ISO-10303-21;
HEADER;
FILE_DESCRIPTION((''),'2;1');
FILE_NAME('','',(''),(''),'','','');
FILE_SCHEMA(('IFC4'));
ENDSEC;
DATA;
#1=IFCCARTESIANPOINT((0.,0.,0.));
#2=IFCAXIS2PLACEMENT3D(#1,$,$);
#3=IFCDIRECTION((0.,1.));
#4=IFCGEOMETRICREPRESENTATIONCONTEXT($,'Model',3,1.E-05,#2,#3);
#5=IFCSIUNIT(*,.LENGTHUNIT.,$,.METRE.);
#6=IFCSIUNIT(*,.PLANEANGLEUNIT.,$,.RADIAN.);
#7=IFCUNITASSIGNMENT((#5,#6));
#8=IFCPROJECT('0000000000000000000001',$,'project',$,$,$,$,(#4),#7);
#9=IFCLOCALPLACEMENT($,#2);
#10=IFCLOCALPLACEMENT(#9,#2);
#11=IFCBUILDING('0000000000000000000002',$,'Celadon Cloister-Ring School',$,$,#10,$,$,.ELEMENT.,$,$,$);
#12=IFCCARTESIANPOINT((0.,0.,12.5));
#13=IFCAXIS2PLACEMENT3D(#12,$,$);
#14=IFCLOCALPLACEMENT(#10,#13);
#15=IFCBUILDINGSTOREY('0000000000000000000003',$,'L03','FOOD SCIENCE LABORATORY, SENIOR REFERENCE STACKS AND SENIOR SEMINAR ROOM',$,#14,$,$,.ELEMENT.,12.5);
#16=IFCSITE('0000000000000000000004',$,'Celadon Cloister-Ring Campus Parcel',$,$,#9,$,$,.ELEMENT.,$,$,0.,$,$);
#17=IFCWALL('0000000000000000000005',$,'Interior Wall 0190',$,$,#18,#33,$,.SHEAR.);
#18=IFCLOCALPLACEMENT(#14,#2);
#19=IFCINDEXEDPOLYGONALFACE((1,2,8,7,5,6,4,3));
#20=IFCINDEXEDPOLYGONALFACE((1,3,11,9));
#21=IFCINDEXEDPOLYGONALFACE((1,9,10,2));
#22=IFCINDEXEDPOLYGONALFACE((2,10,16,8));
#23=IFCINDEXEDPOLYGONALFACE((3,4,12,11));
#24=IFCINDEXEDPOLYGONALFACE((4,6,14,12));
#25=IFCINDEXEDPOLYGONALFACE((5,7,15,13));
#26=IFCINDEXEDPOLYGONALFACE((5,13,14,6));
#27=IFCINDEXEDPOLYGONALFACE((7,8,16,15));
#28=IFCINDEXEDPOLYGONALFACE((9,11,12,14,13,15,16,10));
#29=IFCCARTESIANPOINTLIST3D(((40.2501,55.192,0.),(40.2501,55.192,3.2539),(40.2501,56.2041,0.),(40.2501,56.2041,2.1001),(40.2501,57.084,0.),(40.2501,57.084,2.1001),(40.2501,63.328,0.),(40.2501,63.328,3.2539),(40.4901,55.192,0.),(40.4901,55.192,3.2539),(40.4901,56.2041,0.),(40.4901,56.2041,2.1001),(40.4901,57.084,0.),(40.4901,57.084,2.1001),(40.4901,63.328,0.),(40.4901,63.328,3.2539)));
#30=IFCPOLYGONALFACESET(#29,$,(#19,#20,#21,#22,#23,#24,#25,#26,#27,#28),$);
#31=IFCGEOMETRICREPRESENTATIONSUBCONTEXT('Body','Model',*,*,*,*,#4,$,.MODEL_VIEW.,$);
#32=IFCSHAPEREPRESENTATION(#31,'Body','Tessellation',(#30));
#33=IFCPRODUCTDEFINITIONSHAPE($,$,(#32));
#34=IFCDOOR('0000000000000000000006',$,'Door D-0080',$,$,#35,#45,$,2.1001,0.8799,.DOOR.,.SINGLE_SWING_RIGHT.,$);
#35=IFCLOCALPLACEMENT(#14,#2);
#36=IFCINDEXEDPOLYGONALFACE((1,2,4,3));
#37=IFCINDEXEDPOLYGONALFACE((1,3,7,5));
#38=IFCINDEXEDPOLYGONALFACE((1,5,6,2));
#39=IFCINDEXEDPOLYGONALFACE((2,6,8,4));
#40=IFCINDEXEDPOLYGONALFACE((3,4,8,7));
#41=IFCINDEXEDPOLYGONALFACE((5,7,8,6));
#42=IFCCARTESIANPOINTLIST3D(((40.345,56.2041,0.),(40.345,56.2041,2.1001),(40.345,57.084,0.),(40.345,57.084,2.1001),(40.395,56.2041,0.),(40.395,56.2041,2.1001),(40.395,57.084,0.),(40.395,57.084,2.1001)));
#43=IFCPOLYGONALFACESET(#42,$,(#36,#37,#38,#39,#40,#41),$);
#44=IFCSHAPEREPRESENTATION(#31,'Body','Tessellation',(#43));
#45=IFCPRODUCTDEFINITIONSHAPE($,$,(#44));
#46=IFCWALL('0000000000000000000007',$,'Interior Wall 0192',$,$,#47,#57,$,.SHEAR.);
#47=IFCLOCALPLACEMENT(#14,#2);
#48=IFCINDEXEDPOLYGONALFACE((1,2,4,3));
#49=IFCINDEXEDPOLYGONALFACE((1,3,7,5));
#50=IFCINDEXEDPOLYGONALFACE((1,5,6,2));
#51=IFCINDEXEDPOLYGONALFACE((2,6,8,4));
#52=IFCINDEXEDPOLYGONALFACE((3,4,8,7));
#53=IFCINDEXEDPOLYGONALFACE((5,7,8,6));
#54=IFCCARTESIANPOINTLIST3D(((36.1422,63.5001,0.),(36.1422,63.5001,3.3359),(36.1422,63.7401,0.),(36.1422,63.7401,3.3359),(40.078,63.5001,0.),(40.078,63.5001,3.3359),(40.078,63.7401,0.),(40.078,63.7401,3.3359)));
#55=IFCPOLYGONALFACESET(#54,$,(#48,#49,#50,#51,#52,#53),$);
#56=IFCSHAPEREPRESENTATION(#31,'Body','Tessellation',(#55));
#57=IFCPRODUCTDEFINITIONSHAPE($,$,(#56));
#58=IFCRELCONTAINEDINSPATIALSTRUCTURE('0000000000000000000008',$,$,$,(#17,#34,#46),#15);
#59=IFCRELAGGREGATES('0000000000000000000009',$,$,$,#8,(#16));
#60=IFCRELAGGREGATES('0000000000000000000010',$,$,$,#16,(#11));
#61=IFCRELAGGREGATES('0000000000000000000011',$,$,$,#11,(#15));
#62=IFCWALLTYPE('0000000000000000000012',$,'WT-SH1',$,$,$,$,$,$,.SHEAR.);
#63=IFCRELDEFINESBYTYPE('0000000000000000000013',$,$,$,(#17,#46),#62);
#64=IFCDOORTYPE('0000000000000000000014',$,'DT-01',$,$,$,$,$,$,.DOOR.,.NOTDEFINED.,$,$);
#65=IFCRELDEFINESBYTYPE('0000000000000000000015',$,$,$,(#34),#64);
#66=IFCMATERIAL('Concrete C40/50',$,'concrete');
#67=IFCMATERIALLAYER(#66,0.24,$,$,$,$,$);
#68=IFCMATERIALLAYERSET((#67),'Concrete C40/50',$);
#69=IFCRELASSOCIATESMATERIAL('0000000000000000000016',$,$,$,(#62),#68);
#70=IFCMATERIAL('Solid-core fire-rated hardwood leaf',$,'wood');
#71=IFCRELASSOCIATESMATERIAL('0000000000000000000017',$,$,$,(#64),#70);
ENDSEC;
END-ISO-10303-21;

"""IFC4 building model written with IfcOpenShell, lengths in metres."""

from ifc_helpers import new_model, si_unit, direction, frame, frame_2d, origin, place, context, subcontext, project, spatial, rectangle, extrude, material, layer, layer_set, type_object, element, fill, save


model = new_model("IFC4")

# Units and contexts
model_context = context("Model", 3, precision=1e-05, world=origin(), true_north=direction((0.0, 1.0)))
body_context = subcontext(model_context, "Body", "Model", "MODEL_VIEW")
ifc_project = project(units=[si_unit("LENGTHUNIT", "METRE"), si_unit("PLANEANGLEUNIT", "RADIAN")], contexts=[model_context])

# Site, building, storey
site_placement = place(None, origin())
site = spatial("IfcSite", under=ifc_project, at=site_placement, Name="Celadon Cloister-Ring Campus Parcel", CompositionType="ELEMENT", RefElevation=0.0)
building_placement = place(site_placement, origin())
building = spatial("IfcBuilding", under=site, at=building_placement, Name="Celadon Cloister-Ring School", CompositionType="ELEMENT")
storey_placement = place(building_placement, frame((0.0, 0.0, 12.5)))
storey = spatial("IfcBuildingStorey", under=building, at=storey_placement, Name="L03", Description="FOOD SCIENCE LABORATORY, SENIOR REFERENCE STACKS AND SENIOR SEMINAR ROOM", CompositionType="ELEMENT", Elevation=12.5)

# Wall, opening, door
ifc_material_1 = material(Name="Concrete C40/50", Category="concrete")
ifc_layer_1 = layer(ifc_material_1, 0.24)
ifc_layer_set_1 = layer_set([ifc_layer_1], Name="Concrete C40/50")
wall_type_1 = type_object("IfcWallType", Name="WT-SH1", PredefinedType="SHEAR", material=ifc_layer_set_1)
wall_1_placement = place(storey_placement, frame((40.3701, 63.3279, 0.0), z_axis=(0.0, 0.0, 1.0), x_axis=(0.0, -1.0, 0.0)))
wall_1 = element("IfcWall", 1, at=wall_1_placement, inside=storey, type_object=wall_type_1, Name="Interior Wall 0190", PredefinedType="SHEAR", context=body_context, shape_type="SweptSolid", body=[
    extrude(rectangle(XDim=8.136, YDim=0.24, at=frame_2d((4.0679, 0.0))), origin(), (0.0, 0.0, 1.0), 3.2539),
])
opening_placement = place(wall_1_placement, frame((6.2439, 0.0, 0.0)))
opening = element("IfcOpeningElement", 2, at=opening_placement, cuts=wall_1, PredefinedType="OPENING", context=body_context, shape_type="SweptSolid", body=[
    extrude(rectangle(XDim=0.8799, YDim=2.1001, at=frame_2d((0.4399, 1.05))), frame((0.0, 0.1299, 0.0), z_axis=(0.0, -1.0, 0.0), x_axis=(1.0, 0.0, 0.0)), (0.0, 0.0, 1.0), 0.26),
])
ifc_material_2 = material(Name="Solid-core fire-rated hardwood leaf", Category="wood")
door_type = type_object("IfcDoorType", Name="DT-01", OperationType="NOTDEFINED", PredefinedType="DOOR", material=ifc_material_2)
door_placement = place(opening_placement, origin())
door = element("IfcDoor", 3, at=door_placement, inside=storey, type_object=door_type, Name="Door D-0080", OperationType="SINGLE_SWING_RIGHT", OverallHeight=2.1001, OverallWidth=0.8799, PredefinedType="DOOR", context=body_context, shape_type="SweptSolid", body=[
    extrude(rectangle(XDim=0.8799, YDim=2.1001, at=frame_2d((0.4399, 1.05))), frame((0.0, 0.0249, 0.0), z_axis=(0.0, -1.0, 0.0), x_axis=(1.0, 0.0, 0.0)), (0.0, 0.0, 1.0), 0.05),
])
fill(opening, door)

# Wall
wall_2_placement = place(storey_placement, frame((40.0779, 63.6201, 0.0), z_axis=(0.0, 0.0, 1.0), x_axis=(-1.0, 0.0, 0.0)))
element("IfcWall", 4, at=wall_2_placement, inside=storey, type_object=wall_type_1, Name="Interior Wall 0192", PredefinedType="SHEAR", context=body_context, shape_type="SweptSolid", body=[
    extrude(rectangle(XDim=3.9358, YDim=0.24, at=frame_2d((1.9678, 0.0))), origin(), (0.0, 0.0, 1.0), 3.3359),
])

save(model, "model.ifc")
